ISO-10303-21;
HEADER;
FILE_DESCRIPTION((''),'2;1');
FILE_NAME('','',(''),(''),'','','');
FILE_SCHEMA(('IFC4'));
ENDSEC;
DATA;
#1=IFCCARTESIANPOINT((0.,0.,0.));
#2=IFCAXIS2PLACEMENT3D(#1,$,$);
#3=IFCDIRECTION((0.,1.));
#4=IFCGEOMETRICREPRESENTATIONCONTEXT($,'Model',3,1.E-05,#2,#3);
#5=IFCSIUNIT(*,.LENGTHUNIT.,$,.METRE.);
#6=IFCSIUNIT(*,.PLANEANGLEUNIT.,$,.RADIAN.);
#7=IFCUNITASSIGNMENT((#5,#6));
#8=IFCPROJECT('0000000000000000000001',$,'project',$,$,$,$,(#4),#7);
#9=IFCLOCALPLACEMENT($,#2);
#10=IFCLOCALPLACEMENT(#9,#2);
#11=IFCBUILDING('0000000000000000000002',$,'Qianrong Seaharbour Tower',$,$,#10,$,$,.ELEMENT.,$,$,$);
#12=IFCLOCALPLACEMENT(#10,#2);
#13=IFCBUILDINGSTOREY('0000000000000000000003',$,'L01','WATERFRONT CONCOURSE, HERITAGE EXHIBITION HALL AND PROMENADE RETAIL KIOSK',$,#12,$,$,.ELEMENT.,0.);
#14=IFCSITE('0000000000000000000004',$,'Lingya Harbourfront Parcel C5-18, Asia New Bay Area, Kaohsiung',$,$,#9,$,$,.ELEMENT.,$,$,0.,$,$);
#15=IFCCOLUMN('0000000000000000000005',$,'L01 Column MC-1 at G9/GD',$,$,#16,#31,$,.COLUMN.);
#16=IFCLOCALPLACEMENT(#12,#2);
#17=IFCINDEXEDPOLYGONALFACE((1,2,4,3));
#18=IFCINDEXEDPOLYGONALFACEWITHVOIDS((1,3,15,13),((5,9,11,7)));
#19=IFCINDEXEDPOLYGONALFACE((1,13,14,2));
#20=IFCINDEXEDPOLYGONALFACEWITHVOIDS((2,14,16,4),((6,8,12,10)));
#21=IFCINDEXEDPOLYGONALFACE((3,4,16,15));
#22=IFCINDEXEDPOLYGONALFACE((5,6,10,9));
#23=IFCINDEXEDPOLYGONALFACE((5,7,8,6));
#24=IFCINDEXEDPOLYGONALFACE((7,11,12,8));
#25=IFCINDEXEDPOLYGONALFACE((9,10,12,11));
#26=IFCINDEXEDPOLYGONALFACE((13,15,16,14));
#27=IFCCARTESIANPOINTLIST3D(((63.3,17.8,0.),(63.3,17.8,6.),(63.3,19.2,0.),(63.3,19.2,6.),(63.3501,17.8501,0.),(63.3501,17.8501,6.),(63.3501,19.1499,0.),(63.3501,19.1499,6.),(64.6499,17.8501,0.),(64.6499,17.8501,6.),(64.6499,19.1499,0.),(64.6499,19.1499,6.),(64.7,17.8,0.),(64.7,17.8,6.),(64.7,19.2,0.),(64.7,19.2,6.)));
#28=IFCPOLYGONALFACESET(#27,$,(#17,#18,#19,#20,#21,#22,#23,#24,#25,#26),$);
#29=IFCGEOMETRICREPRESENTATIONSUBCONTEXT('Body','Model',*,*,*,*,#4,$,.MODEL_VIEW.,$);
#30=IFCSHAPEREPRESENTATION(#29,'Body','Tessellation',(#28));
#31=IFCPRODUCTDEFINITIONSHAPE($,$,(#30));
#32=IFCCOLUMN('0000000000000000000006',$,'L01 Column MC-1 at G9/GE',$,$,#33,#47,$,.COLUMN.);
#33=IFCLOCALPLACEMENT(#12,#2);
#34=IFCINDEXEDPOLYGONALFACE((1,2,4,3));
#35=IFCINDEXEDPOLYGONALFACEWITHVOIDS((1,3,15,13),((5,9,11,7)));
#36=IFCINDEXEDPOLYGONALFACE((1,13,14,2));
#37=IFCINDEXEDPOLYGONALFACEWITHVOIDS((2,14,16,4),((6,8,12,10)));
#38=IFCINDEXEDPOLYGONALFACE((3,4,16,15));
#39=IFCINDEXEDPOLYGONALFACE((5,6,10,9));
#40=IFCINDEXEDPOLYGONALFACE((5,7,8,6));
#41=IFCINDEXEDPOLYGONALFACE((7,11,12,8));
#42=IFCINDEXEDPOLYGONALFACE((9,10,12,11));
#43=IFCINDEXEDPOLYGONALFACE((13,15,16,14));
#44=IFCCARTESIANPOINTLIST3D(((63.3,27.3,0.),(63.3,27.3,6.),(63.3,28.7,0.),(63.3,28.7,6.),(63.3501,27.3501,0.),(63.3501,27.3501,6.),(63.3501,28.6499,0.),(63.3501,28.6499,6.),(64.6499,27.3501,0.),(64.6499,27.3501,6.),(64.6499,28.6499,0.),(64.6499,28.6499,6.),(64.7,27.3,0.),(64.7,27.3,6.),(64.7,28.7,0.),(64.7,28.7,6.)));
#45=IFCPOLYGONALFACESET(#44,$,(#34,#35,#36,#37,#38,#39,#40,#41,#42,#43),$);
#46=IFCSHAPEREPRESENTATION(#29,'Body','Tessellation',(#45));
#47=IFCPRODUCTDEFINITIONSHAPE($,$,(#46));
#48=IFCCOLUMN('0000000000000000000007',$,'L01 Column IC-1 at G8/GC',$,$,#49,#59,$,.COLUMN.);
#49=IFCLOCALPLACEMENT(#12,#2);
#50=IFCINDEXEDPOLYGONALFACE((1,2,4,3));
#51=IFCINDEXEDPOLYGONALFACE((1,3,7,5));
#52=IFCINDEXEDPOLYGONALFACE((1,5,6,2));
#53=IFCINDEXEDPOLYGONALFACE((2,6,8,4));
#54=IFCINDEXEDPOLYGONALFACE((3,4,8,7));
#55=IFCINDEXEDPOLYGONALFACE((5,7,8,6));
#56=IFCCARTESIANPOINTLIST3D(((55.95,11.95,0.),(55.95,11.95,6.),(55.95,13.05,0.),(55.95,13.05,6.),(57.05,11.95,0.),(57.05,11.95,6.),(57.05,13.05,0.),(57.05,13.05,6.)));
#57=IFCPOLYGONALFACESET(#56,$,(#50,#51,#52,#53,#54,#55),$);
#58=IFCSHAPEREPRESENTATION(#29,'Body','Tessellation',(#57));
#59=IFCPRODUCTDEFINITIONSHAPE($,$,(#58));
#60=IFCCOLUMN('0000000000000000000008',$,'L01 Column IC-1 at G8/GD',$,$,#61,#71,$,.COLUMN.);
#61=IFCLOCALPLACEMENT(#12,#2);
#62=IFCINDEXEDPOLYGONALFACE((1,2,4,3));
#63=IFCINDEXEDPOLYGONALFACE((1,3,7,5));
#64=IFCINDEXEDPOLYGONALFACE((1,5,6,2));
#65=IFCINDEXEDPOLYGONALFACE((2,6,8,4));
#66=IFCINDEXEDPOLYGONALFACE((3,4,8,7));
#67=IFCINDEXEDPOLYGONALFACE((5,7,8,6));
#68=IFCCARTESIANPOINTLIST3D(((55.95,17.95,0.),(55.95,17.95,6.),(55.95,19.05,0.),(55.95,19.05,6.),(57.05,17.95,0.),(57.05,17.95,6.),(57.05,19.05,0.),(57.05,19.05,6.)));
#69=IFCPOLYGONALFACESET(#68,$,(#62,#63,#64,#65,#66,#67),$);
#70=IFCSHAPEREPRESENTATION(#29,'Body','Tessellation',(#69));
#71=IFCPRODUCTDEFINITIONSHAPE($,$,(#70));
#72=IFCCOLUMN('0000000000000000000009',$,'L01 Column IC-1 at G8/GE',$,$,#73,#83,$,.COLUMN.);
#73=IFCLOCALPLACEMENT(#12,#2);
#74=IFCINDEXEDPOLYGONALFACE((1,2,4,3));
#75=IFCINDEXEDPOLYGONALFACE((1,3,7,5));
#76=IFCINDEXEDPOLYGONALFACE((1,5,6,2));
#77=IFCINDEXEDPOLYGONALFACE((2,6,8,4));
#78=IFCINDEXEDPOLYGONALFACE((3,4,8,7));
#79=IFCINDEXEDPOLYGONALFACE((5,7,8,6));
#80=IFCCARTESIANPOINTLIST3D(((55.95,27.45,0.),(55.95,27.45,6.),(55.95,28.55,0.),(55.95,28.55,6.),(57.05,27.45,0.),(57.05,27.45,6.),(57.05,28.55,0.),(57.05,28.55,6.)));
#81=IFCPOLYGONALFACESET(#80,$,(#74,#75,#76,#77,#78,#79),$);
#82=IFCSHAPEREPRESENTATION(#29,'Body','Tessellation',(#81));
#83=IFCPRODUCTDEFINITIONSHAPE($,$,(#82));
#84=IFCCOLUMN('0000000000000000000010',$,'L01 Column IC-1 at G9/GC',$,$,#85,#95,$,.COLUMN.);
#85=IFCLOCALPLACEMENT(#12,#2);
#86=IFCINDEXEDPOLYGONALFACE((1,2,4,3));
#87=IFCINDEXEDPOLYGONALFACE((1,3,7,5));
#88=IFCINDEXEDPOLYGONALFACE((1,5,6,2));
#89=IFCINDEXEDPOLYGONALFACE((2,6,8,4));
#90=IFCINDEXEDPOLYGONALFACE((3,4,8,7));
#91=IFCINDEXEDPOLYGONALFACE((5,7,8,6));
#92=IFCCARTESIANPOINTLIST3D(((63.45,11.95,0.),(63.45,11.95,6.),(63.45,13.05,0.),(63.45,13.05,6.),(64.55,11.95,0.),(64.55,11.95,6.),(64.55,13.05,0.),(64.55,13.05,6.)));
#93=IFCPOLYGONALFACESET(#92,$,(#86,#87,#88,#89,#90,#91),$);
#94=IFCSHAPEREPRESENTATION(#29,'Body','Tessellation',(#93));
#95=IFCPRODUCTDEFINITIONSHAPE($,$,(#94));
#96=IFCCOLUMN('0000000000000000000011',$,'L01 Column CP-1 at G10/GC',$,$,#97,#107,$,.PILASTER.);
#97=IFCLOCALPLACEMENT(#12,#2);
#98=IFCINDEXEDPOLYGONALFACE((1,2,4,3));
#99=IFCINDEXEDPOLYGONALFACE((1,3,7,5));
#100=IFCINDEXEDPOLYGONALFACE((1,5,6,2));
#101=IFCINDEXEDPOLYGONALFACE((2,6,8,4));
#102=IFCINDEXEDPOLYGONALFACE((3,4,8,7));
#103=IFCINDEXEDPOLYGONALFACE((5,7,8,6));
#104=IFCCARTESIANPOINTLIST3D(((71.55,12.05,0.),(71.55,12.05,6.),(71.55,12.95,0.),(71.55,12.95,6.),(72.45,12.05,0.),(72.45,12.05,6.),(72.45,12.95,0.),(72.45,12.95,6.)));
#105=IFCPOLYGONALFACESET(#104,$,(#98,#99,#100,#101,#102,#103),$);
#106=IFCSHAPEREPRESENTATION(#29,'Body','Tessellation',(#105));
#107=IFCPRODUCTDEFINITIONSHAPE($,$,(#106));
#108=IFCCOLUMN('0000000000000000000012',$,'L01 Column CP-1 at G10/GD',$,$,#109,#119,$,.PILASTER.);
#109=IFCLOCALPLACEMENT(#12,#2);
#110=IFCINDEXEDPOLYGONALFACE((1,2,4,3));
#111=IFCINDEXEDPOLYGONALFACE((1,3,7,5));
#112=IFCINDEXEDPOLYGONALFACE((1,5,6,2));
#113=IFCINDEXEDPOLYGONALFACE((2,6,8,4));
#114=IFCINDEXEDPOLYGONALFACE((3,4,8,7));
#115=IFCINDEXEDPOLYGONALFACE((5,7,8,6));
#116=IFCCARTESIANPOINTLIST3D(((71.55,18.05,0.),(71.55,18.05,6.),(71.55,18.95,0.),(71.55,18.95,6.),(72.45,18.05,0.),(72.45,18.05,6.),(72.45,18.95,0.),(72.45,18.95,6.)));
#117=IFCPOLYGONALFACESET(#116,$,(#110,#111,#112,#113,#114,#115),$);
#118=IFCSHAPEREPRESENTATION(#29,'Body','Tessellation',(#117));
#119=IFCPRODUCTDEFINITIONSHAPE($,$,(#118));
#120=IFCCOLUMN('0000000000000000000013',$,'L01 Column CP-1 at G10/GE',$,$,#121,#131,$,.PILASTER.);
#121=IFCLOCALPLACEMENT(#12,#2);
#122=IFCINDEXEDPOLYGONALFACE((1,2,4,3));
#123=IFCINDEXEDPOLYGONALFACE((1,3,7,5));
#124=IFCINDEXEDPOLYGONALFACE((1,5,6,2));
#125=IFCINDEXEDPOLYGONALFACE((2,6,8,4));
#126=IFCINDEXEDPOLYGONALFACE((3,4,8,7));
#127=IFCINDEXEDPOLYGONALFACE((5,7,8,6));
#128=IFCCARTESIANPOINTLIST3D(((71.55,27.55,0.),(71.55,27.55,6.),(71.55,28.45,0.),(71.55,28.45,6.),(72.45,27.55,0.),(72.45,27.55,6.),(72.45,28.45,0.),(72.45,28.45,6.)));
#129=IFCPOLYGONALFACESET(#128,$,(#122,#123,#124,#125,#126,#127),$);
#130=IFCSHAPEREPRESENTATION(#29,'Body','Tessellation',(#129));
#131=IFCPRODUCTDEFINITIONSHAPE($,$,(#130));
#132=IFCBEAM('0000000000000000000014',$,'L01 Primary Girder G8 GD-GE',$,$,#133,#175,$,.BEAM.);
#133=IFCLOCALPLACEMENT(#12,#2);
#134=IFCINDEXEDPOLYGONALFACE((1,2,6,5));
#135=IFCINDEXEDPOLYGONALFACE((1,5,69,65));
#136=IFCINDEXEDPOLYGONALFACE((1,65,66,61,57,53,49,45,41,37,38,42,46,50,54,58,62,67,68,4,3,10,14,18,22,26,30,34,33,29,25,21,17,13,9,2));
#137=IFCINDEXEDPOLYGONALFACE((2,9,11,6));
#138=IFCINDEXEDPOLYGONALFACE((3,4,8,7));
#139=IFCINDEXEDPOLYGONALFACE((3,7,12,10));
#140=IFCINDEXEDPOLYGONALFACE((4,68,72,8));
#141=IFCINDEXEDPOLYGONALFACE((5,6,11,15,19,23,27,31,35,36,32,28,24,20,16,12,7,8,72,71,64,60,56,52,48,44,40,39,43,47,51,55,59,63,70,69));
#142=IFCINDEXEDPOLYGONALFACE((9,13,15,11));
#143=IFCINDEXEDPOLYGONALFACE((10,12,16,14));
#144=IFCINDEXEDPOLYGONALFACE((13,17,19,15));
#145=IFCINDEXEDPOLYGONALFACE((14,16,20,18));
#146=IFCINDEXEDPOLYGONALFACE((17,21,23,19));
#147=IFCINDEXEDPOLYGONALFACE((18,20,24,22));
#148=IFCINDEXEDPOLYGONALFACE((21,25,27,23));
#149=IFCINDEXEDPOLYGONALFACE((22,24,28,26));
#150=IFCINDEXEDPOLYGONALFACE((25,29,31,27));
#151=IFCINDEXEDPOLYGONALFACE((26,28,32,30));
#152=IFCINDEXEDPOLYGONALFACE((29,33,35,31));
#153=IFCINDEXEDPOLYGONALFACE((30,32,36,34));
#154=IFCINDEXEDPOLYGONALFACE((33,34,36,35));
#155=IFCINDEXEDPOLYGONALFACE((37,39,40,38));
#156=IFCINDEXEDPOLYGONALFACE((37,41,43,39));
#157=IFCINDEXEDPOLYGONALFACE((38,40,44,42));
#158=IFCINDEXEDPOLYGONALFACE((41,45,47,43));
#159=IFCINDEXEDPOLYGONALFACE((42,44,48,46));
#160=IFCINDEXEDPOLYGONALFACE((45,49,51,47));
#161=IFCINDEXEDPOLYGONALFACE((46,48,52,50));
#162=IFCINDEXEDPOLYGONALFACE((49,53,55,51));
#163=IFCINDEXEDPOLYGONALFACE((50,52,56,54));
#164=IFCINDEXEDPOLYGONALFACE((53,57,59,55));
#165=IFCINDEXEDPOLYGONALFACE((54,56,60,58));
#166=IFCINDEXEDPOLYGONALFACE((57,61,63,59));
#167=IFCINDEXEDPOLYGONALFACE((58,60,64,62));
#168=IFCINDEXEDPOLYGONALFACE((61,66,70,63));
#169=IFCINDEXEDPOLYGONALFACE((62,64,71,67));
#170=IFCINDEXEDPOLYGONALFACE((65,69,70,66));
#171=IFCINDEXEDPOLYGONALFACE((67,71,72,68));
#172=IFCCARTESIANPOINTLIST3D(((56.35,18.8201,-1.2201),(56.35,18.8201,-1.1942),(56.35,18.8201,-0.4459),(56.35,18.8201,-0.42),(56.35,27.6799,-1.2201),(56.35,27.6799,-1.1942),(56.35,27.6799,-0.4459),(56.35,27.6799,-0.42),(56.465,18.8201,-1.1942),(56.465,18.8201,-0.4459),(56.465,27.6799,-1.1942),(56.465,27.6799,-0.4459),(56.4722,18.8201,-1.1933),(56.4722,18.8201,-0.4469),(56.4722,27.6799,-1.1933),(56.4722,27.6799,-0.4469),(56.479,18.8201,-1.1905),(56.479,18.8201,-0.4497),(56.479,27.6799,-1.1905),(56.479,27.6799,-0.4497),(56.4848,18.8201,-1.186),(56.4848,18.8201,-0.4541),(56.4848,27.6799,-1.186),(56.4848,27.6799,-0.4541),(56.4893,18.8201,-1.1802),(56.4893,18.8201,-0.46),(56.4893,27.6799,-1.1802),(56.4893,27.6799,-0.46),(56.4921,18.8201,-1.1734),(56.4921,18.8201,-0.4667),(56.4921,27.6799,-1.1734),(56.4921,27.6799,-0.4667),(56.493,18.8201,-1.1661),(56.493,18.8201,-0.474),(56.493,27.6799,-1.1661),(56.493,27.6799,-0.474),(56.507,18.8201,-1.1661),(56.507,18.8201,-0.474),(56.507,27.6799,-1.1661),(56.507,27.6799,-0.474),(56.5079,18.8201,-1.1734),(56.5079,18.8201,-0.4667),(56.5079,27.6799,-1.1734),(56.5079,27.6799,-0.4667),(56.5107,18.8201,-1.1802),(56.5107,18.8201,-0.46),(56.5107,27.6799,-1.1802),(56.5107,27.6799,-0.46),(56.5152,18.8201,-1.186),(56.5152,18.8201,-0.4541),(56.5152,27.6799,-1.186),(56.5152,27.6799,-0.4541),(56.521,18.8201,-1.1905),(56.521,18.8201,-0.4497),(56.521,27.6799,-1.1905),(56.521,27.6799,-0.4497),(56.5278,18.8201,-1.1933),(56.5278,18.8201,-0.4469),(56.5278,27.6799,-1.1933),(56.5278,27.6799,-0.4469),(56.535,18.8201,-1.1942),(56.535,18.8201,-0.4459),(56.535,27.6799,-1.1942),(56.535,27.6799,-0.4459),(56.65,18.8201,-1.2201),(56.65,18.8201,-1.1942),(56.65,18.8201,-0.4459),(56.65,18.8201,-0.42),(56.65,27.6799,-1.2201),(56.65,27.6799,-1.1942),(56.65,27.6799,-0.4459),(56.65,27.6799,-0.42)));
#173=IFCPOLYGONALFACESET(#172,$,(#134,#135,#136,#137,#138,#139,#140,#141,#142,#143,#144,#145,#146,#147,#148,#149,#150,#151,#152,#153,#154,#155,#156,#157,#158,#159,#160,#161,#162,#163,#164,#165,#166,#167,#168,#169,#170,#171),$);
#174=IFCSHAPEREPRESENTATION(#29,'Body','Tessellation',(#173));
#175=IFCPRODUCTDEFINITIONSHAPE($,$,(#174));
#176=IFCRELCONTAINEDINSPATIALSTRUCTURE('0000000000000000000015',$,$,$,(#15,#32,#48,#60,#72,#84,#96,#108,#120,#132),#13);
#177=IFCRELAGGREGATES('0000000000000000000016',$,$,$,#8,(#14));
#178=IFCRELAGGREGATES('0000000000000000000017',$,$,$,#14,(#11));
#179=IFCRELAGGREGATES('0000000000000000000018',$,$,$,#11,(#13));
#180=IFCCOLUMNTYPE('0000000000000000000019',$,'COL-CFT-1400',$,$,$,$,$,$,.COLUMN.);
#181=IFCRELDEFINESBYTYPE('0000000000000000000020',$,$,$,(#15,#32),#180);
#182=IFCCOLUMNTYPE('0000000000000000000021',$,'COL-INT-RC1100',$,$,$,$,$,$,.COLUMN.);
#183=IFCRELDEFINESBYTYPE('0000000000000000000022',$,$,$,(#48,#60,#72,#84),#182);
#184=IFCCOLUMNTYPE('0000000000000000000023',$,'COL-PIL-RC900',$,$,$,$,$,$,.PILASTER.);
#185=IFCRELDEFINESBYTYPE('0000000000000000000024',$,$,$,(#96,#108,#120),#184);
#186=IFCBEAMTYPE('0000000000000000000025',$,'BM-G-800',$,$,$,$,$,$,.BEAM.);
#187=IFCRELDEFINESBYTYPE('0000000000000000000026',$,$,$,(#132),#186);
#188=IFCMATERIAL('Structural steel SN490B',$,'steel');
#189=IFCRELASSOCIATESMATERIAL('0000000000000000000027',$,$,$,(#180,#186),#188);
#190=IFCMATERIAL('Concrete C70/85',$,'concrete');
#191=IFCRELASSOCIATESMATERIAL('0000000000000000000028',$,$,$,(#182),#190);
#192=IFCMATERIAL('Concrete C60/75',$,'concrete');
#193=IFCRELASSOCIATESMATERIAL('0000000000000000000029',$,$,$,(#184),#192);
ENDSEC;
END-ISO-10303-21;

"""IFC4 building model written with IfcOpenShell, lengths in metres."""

from ifc_helpers import new_model, si_unit, direction, frame, origin, origin_2d, place, context, subcontext, project, spatial, rectangle, hollow_rectangle, i_section, extrude, material, material_profile, profile_set, type_object, element, save


model = new_model("IFC4")

# Units and contexts
model_context = context("Model", 3, precision=1e-05, world=origin(), true_north=direction((0.0, 1.0)))
body_context = subcontext(model_context, "Body", "Model", "MODEL_VIEW")
ifc_project = project(units=[si_unit("LENGTHUNIT", "METRE"), si_unit("PLANEANGLEUNIT", "RADIAN")], contexts=[model_context])

# Site, building, storey
site_placement = place(None, origin())
site = spatial("IfcSite", under=ifc_project, at=site_placement, Name="Lingya Harbourfront Parcel C5-18, Asia New Bay Area, Kaohsiung", CompositionType="ELEMENT", RefElevation=0.0)
building_placement = place(site_placement, origin())
building = spatial("IfcBuilding", under=site, at=building_placement, Name="Qianrong Seaharbour Tower", CompositionType="ELEMENT")
storey_placement = place(building_placement, origin())
storey = spatial("IfcBuildingStorey", under=building, at=storey_placement, Name="L01", Description="WATERFRONT CONCOURSE, HERITAGE EXHIBITION HALL AND PROMENADE RETAIL KIOSK", CompositionType="ELEMENT", Elevation=0.0)

# Columns
ifc_material_1 = material(Name="Structural steel SN490B", Category="steel")
ifc_material_profile_1 = material_profile(ifc_material_1, hollow_rectangle(XDim=1.3999, YDim=1.3999, WallThickness=0.05, at=origin_2d()), Name="BOX1400x1400x50")
ifc_profile_set_1 = profile_set([ifc_material_profile_1], Name="Structural steel SN490B")
column_type_1 = type_object("IfcColumnType", Name="COL-CFT-1400", PredefinedType="COLUMN", material=ifc_profile_set_1)
for number, where, z_axis, x_axis, name in (
    (1, (64.0, 18.5, 0.0), (0.0, 0.0, 1.0), (1.0, 0.0, 0.0), "L01 Column MC-1 at G9/GD"),
    (2, (64.0, 28.0, 0.0), (0.0, 0.0, 1.0), (1.0, 0.0, 0.0), "L01 Column MC-1 at G9/GE"),
):
    element("IfcColumn", number, at=place(storey_placement, frame(where, z_axis=z_axis, x_axis=x_axis)), inside=storey, type_object=column_type_1, Name=name, PredefinedType="COLUMN", context=body_context, shape_type="SweptSolid", body=[
        extrude(hollow_rectangle(XDim=1.3999, YDim=1.3999, WallThickness=0.05, at=origin_2d()), origin(), (0.0, 0.0, 1.0), 6.0),
    ])
ifc_material_2 = material(Name="Concrete C70/85", Category="concrete")
ifc_material_profile_2 = material_profile(ifc_material_2, rectangle(XDim=1.1001, YDim=1.1001, at=origin_2d()), Name="RC1100x1100")
ifc_profile_set_2 = profile_set([ifc_material_profile_2], Name="Concrete C70/85")
column_type_2 = type_object("IfcColumnType", Name="COL-INT-RC1100", PredefinedType="COLUMN", material=ifc_profile_set_2)
for number, where, z_axis, x_axis, name in (
    (3, (56.5, 12.5, 0.0), (0.0, 0.0, 1.0), (1.0, 0.0, 0.0), "L01 Column IC-1 at G8/GC"),
    (4, (56.5, 18.5, 0.0), (0.0, 0.0, 1.0), (1.0, 0.0, 0.0), "L01 Column IC-1 at G8/GD"),
    (5, (56.5, 28.0, 0.0), (0.0, 0.0, 1.0), (1.0, 0.0, 0.0), "L01 Column IC-1 at G8/GE"),
    (6, (64.0, 12.5, 0.0), (0.0, 0.0, 1.0), (1.0, 0.0, 0.0), "L01 Column IC-1 at G9/GC"),
):
    element("IfcColumn", number, at=place(storey_placement, frame(where, z_axis=z_axis, x_axis=x_axis)), inside=storey, type_object=column_type_2, Name=name, PredefinedType="COLUMN", context=body_context, shape_type="SweptSolid", body=[
        extrude(rectangle(XDim=1.1001, YDim=1.1001, at=origin_2d()), origin(), (0.0, 0.0, 1.0), 6.0),
    ])
ifc_material_3 = material(Name="Concrete C60/75", Category="concrete")
ifc_material_profile_3 = material_profile(ifc_material_3, rectangle(XDim=0.8999, YDim=0.8999, at=origin_2d()), Name="RC900x900")
ifc_profile_set_3 = profile_set([ifc_material_profile_3], Name="Concrete C60/75")
column_type_3 = type_object("IfcColumnType", Name="COL-PIL-RC900", PredefinedType="PILASTER", material=ifc_profile_set_3)
for number, where, z_axis, x_axis, name in (
    (7, (72.0, 12.5, 0.0), (0.0, 0.0, 1.0), (1.0, 0.0, 0.0), "L01 Column CP-1 at G10/GC"),
    (8, (72.0, 18.5, 0.0), (0.0, 0.0, 1.0), (1.0, 0.0, 0.0), "L01 Column CP-1 at G10/GD"),
    (9, (72.0, 28.0, 0.0), (0.0, 0.0, 1.0), (1.0, 0.0, 0.0), "L01 Column CP-1 at G10/GE"),
):
    element("IfcColumn", number, at=place(storey_placement, frame(where, z_axis=z_axis, x_axis=x_axis)), inside=storey, type_object=column_type_3, Name=name, PredefinedType="PILASTER", context=body_context, shape_type="SweptSolid", body=[
        extrude(rectangle(XDim=0.8999, YDim=0.8999, at=origin_2d()), origin(), (0.0, 0.0, 1.0), 6.0),
    ])

# Beam
ifc_material_profile_4 = material_profile(ifc_material_1, i_section(OverallWidth=0.3, OverallDepth=0.8, WebThickness=0.0139, FlangeThickness=0.0259, FilletRadius=0.0281, at=origin_2d()), Name="H800x300x14x26")
ifc_profile_set_4 = profile_set([ifc_material_profile_4], Name="Structural steel SN490B")
beam_type_1 = type_object("IfcBeamType", Name="BM-G-800", PredefinedType="BEAM", material=ifc_profile_set_4)
for number, where, z_axis, x_axis, name in (
    (10, (56.5, 18.8201, -0.8201), (0.0, 1.0, 0.0), (-1.0, 0.0, 0.0), "L01 Primary Girder G8 GD-GE"),
):
    element("IfcBeam", number, at=place(storey_placement, frame(where, z_axis=z_axis, x_axis=x_axis)), inside=storey, type_object=beam_type_1, Name=name, PredefinedType="BEAM", context=body_context, shape_type="SweptSolid", body=[
        extrude(i_section(OverallWidth=0.3, OverallDepth=0.8, WebThickness=0.0139, FlangeThickness=0.0259, FilletRadius=0.0281, at=origin_2d()), origin(), (0.0, 0.0, 1.0), 8.8599),
    ])

save(model, "model.ifc")
